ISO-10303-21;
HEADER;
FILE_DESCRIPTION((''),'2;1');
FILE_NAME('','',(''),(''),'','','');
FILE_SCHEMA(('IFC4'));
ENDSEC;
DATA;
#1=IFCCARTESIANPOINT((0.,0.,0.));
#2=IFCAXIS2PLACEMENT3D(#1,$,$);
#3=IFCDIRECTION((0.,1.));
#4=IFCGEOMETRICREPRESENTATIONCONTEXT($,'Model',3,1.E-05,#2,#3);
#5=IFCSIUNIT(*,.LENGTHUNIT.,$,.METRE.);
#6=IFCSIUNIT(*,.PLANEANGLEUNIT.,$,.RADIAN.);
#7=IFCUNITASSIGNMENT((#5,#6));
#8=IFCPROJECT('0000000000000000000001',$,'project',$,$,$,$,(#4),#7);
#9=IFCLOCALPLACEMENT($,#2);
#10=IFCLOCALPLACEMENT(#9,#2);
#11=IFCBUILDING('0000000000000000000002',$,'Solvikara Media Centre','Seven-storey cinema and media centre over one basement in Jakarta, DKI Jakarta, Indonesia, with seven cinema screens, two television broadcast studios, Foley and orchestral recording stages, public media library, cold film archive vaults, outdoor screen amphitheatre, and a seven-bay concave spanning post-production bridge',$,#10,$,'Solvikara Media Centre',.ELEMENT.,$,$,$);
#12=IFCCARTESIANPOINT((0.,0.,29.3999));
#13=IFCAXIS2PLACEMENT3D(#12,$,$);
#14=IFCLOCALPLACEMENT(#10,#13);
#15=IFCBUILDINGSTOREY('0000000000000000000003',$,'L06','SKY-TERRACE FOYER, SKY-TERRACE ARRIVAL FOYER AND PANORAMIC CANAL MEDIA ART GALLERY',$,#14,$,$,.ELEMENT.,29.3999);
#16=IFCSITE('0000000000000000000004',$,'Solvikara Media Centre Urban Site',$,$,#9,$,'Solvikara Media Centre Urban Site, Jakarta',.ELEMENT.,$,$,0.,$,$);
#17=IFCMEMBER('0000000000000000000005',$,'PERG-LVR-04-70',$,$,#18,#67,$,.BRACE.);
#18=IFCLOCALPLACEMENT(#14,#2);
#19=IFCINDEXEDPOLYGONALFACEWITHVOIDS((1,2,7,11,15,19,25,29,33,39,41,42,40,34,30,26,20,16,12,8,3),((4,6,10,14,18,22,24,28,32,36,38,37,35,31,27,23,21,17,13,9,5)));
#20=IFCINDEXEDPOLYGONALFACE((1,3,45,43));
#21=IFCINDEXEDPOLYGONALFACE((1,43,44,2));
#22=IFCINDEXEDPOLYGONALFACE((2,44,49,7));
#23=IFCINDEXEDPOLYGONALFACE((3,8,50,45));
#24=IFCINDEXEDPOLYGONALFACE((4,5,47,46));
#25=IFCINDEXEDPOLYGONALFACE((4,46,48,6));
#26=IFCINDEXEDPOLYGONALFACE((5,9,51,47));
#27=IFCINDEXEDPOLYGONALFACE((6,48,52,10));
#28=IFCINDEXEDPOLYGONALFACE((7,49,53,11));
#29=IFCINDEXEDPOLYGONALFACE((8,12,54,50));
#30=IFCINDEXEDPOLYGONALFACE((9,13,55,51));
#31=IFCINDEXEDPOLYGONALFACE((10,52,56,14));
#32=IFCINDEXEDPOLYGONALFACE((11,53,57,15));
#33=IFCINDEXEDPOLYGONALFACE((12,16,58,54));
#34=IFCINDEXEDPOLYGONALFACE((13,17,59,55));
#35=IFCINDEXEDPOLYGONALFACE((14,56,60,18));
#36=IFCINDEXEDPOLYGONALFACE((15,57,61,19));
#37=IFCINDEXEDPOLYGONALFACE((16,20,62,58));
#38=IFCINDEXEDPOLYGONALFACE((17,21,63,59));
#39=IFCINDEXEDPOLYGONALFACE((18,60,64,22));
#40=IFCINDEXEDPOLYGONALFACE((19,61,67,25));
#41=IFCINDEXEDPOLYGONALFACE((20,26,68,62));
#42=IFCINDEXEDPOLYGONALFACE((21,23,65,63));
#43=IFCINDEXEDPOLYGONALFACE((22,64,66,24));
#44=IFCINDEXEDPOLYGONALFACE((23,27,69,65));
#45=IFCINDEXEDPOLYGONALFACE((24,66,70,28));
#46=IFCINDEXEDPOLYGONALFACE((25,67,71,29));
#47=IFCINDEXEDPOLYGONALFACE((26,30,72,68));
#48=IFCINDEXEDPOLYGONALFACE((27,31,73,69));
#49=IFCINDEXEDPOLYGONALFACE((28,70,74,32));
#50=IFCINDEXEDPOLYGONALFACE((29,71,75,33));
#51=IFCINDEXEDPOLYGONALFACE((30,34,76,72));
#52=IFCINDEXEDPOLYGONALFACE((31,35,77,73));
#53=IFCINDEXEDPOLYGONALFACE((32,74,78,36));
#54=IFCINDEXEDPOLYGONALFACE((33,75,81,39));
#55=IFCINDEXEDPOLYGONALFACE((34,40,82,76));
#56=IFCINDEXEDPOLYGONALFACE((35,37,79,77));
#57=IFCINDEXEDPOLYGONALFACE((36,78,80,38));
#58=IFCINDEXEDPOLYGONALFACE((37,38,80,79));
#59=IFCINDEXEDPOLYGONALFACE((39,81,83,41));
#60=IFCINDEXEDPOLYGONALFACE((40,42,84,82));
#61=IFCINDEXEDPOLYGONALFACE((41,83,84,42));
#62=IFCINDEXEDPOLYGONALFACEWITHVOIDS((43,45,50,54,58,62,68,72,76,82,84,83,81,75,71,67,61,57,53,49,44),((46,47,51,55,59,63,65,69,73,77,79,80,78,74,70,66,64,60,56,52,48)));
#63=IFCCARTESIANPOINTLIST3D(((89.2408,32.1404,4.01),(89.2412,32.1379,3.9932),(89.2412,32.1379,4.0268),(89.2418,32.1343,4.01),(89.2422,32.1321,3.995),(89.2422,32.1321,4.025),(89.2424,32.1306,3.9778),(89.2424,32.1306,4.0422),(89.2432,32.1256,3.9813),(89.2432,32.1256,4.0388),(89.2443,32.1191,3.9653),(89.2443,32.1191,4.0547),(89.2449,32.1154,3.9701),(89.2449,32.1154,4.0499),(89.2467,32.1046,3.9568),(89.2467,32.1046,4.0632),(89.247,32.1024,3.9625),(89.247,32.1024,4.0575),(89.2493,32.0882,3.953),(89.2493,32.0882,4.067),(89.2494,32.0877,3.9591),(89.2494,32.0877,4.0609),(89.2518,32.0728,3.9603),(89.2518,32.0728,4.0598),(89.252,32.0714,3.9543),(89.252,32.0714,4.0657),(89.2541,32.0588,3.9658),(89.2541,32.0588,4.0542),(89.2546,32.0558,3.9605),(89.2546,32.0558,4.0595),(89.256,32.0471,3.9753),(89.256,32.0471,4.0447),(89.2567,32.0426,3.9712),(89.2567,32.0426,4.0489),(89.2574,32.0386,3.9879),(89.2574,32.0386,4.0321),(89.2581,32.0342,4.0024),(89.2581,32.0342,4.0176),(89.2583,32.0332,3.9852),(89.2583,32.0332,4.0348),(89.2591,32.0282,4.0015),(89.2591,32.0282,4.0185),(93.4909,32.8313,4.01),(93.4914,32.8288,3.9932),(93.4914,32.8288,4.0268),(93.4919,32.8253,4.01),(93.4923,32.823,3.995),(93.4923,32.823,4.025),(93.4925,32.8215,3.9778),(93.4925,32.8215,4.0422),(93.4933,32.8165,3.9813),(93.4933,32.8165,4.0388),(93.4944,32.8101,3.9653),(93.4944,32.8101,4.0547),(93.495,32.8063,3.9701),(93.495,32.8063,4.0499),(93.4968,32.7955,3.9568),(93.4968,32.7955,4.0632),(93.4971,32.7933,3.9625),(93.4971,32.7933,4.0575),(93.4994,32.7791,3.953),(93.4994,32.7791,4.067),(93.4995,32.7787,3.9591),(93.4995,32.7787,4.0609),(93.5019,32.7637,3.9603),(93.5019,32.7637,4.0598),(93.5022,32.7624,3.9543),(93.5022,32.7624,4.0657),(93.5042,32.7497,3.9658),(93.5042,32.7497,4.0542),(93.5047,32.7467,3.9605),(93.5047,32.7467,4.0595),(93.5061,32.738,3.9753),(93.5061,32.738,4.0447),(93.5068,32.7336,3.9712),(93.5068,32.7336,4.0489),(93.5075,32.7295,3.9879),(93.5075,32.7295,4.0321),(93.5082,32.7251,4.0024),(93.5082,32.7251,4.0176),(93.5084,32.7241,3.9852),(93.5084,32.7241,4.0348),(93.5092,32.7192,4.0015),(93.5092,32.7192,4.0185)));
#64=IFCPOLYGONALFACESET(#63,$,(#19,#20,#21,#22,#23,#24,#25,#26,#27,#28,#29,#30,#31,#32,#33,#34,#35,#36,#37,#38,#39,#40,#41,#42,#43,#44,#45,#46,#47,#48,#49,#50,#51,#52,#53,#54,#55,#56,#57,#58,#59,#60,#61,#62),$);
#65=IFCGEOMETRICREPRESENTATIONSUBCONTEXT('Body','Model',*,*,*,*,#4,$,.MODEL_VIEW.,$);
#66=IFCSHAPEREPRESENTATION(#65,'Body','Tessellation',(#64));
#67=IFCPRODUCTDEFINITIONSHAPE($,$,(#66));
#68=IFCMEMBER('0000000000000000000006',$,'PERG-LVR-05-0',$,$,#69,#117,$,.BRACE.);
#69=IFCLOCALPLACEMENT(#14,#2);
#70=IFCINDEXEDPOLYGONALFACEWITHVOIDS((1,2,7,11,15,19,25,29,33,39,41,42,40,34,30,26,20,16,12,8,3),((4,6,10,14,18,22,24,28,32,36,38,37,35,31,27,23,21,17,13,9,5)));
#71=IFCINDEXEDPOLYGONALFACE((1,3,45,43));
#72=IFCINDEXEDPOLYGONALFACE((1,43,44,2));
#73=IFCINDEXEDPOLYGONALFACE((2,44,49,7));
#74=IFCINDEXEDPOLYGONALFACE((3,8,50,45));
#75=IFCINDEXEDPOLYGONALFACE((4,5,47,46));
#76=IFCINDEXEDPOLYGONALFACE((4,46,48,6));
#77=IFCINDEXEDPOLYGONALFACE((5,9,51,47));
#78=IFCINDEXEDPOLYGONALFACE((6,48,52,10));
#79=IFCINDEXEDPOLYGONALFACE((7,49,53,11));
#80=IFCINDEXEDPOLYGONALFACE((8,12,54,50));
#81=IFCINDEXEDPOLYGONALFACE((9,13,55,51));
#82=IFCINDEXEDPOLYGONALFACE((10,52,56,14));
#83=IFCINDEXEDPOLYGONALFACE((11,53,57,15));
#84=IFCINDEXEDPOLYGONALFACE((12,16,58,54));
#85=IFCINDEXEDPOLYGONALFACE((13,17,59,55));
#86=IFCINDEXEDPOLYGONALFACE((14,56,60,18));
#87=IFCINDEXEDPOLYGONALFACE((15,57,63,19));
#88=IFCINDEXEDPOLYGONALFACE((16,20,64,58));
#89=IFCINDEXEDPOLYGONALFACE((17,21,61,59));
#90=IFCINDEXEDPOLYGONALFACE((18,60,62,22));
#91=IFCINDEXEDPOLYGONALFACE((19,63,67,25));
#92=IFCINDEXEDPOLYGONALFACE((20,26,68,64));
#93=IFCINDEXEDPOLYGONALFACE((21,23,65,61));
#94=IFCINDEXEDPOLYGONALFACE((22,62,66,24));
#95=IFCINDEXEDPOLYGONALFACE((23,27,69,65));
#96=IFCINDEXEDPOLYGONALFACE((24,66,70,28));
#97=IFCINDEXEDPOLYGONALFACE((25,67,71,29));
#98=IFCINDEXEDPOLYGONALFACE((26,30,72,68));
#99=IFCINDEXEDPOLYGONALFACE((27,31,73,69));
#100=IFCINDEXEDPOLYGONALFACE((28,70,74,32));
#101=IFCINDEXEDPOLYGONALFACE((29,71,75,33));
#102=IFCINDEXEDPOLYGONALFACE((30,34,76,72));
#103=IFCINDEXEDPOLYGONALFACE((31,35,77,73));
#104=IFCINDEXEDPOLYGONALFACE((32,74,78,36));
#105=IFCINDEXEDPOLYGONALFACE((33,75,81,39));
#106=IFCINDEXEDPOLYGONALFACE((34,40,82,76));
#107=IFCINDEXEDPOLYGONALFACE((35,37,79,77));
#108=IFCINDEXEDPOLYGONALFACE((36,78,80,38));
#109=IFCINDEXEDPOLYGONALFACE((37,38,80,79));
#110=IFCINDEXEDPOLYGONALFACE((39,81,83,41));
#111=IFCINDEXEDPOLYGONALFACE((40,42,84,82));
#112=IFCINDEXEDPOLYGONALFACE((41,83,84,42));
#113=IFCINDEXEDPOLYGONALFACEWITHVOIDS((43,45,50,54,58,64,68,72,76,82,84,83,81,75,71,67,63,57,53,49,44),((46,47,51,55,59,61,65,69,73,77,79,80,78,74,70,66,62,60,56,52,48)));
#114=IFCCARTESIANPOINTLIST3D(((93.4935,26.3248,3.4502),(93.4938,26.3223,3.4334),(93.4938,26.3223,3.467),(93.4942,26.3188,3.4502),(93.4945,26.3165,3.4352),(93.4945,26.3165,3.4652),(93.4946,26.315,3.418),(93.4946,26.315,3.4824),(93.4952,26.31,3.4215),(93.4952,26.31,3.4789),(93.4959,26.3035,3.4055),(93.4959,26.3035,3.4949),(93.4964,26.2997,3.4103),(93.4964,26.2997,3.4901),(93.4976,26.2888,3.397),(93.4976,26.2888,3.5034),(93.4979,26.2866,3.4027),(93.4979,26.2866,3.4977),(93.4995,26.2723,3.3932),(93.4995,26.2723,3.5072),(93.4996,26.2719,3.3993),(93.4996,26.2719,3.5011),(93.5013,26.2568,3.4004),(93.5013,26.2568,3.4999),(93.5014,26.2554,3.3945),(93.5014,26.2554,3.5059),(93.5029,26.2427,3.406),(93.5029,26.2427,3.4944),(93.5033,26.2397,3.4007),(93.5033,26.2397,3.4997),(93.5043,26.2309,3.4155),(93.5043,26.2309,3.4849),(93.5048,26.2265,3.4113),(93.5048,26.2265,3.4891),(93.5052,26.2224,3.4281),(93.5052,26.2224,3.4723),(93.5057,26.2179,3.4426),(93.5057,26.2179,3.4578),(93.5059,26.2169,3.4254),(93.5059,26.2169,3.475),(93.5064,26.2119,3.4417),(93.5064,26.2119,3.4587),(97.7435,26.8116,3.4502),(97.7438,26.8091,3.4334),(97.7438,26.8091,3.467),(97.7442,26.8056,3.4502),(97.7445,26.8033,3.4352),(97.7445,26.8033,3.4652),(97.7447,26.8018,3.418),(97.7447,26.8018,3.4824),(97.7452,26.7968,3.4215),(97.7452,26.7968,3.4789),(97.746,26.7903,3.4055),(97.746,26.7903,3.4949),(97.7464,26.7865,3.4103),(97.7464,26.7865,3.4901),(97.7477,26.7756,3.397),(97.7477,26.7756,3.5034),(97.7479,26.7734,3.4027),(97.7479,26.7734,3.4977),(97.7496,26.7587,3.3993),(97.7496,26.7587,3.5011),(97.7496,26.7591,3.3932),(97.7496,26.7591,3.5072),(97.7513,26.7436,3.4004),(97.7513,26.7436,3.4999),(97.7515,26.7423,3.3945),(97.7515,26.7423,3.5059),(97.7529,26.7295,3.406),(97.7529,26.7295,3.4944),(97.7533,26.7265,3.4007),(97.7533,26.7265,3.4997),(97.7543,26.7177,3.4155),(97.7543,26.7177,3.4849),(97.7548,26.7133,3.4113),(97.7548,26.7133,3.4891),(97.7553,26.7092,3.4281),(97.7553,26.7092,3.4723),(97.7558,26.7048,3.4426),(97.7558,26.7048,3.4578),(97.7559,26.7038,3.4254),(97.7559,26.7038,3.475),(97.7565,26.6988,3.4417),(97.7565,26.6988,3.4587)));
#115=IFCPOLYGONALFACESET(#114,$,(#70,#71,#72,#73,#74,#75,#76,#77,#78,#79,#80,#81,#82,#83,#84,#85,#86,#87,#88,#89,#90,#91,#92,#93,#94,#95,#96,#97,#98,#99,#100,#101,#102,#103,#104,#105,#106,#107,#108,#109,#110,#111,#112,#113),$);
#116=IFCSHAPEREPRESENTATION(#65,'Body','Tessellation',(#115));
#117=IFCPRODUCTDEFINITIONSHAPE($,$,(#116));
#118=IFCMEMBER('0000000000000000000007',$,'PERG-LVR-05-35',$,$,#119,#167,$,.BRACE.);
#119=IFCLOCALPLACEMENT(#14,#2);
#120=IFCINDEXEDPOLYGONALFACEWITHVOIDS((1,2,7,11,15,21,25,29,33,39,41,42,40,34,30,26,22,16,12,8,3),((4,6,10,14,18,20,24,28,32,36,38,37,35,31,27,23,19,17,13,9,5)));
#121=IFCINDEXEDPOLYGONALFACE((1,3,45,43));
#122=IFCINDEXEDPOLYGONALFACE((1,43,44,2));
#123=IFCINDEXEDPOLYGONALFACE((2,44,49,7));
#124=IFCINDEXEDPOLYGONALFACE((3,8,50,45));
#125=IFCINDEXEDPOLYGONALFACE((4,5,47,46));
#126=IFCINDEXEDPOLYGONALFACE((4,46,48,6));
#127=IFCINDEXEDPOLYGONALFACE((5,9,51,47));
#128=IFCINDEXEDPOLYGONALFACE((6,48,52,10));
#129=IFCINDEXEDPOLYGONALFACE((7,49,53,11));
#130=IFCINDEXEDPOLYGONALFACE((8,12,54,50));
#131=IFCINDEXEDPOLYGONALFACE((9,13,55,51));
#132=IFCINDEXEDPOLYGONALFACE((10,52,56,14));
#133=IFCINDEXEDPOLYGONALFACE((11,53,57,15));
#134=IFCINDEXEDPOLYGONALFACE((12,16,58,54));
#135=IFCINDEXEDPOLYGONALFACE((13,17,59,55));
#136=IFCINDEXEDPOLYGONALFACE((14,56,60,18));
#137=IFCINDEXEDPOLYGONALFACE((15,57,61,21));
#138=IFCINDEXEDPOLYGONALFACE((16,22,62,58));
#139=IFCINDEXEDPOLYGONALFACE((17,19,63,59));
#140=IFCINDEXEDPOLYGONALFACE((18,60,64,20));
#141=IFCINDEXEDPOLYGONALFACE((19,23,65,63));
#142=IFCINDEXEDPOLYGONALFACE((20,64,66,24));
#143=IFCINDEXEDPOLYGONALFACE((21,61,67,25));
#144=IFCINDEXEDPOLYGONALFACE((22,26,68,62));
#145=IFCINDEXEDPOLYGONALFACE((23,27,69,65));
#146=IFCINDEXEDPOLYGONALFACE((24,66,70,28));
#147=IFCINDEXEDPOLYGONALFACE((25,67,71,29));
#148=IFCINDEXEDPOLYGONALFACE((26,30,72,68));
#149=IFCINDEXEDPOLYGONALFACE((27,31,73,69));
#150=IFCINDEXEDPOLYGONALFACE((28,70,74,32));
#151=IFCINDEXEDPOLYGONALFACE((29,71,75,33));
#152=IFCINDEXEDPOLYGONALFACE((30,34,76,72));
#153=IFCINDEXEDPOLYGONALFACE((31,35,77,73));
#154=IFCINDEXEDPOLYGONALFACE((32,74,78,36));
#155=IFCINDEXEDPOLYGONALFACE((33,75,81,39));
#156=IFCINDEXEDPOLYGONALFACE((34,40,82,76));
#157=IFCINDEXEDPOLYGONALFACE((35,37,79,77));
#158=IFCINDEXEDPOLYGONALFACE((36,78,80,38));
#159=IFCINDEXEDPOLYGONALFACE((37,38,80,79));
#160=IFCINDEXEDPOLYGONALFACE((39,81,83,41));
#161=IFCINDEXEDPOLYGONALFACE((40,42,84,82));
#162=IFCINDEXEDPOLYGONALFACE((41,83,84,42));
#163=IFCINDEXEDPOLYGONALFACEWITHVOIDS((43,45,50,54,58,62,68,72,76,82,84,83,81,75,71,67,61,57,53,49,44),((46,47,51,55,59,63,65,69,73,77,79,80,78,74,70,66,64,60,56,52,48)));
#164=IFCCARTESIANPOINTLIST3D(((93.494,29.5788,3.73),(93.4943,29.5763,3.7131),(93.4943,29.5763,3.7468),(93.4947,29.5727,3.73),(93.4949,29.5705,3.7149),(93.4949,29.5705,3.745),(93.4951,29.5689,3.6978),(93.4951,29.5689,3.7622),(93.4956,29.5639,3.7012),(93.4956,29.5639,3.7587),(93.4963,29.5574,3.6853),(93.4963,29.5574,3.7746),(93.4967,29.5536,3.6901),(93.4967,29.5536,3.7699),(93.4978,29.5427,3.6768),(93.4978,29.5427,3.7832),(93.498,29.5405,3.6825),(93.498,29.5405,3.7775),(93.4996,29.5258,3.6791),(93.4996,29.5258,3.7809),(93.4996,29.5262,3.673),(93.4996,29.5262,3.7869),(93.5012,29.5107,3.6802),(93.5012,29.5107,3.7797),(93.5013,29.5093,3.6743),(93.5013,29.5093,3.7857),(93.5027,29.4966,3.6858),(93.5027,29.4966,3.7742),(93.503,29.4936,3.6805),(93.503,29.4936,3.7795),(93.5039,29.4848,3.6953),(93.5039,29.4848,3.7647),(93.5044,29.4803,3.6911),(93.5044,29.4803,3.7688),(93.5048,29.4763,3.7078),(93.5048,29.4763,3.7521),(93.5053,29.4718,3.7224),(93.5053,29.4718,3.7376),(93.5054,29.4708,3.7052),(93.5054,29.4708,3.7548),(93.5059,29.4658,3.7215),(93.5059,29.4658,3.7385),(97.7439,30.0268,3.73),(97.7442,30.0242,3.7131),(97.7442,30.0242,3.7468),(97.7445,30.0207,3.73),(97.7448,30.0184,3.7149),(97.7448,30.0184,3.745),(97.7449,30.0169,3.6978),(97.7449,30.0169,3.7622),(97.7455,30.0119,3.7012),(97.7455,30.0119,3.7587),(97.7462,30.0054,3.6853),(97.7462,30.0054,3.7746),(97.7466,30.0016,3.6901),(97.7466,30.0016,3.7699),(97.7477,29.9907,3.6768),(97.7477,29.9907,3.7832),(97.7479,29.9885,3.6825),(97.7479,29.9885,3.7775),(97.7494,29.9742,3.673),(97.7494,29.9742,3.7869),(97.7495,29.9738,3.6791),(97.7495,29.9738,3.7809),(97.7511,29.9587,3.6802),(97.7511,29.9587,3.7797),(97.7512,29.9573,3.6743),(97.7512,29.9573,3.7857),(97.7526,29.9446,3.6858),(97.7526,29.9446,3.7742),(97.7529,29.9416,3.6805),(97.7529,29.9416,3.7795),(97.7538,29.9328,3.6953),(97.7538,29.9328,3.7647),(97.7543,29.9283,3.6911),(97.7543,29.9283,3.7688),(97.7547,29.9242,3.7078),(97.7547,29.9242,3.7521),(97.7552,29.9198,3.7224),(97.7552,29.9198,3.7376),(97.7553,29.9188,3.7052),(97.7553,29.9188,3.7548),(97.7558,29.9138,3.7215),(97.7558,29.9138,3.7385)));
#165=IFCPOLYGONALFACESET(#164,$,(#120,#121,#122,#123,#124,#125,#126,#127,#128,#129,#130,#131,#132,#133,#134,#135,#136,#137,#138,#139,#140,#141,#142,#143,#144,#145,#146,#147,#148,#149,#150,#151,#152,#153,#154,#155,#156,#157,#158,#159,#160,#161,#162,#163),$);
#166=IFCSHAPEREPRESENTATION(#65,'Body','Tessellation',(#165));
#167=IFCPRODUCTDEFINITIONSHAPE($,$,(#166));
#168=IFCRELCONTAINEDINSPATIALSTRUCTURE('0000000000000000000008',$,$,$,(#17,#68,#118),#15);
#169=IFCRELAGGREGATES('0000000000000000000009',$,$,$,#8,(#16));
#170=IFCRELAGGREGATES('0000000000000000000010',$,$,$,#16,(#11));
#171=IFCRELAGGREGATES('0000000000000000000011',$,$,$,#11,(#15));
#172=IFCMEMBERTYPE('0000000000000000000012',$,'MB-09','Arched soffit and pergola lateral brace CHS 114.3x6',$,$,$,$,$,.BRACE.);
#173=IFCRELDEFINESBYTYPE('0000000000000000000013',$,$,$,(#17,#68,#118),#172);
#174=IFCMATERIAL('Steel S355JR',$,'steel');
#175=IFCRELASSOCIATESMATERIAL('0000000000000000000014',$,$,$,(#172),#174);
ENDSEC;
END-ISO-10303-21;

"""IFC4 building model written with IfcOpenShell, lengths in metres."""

from ifc_helpers import new_model, si_unit, direction, frame, origin, origin_2d, place, context, subcontext, project, spatial, hollow_circle, extrude, material, material_profile, profile_set, type_object, element, save


model = new_model("IFC4")

# Units and contexts
model_context = context("Model", 3, precision=1e-05, world=origin(), true_north=direction((0.0, 1.0)))
body_context = subcontext(model_context, "Body", "Model", "MODEL_VIEW")
ifc_project = project(units=[si_unit("LENGTHUNIT", "METRE"), si_unit("PLANEANGLEUNIT", "RADIAN")], contexts=[model_context])

# Site, building, storey
site_placement = place(None, origin())
site = spatial("IfcSite", under=ifc_project, at=site_placement, Name="Solvikara Media Centre Urban Site", LongName="Solvikara Media Centre Urban Site, Jakarta", CompositionType="ELEMENT", RefElevation=0.0)
building_placement = place(site_placement, origin())
building = spatial("IfcBuilding", under=site, at=building_placement, Name="Solvikara Media Centre", Description="Seven-storey cinema and media centre over one basement in Jakarta, DKI Jakarta, Indonesia, with seven cinema screens, two television broadcast studios, Foley and orchestral recording stages, public media library, cold film archive vaults, outdoor screen amphitheatre, and a seven-bay concave spanning post-production bridge", LongName="Solvikara Media Centre", CompositionType="ELEMENT")
storey_placement = place(building_placement, frame((0.0, 0.0, 29.3999)))
storey = spatial("IfcBuildingStorey", under=building, at=storey_placement, Name="L06", Description="SKY-TERRACE FOYER, SKY-TERRACE ARRIVAL FOYER AND PANORAMIC CANAL MEDIA ART GALLERY", CompositionType="ELEMENT", Elevation=29.3999)

# Shared definitions
ifc_material_1 = material(Name="Steel S355JR", Category="steel")

# Members
ifc_material_profile_1 = material_profile(ifc_material_1, hollow_circle(Radius=0.0571, WallThickness=0.0061, at=origin_2d()), Name="CHS 114.3x6")
ifc_profile_set_1 = profile_set([ifc_material_profile_1], Name="Steel S355JR")
member_type_1 = type_object("IfcMemberType", Name="MB-09", Description="Arched soffit and pergola lateral brace CHS 114.3x6", PredefinedType="BRACE", material=ifc_profile_set_1)
member_1_placement = place(storey_placement, frame((89.25, 32.084, 4.01), z_axis=(0.987042, 0.160462, 0.0), x_axis=(-0.160462, 0.987042, 0.0)))
element("IfcMember", 1, at=member_1_placement, inside=storey, type_object=member_type_1, Name="PERG-LVR-04-70", PredefinedType="BRACE", context=body_context, shape_type="SweptSolid", body=[
    extrude(hollow_circle(Radius=0.0571, WallThickness=0.0061, at=origin_2d()), origin(), (0.0, 0.0, 1.0), 4.3059),
])
member_2_placement = place(storey_placement, frame((93.5, 26.2681, 3.4502), z_axis=(0.993504, 0.113801, 0.0), x_axis=(-0.113801, 0.993504, 0.0)))
element("IfcMember", 2, at=member_2_placement, inside=storey, type_object=member_type_1, Name="PERG-LVR-05-0", PredefinedType="BRACE", context=body_context, shape_type="SweptSolid", body=[
    extrude(hollow_circle(Radius=0.0571, WallThickness=0.0061, at=origin_2d()), origin(), (0.0, 0.0, 1.0), 4.2778),
])
member_3_placement = place(storey_placement, frame((93.5, 29.522, 3.73), z_axis=(0.99449, 0.10483, 0.0), x_axis=(-0.10483, 0.99449, 0.0)))
element("IfcMember", 3, at=member_3_placement, inside=storey, type_object=member_type_1, Name="PERG-LVR-05-35", PredefinedType="BRACE", context=body_context, shape_type="SweptSolid", body=[
    extrude(hollow_circle(Radius=0.0571, WallThickness=0.0061, at=origin_2d()), origin(), (0.0, 0.0, 1.0), 4.2734),
])

save(model, "model.ifc")
